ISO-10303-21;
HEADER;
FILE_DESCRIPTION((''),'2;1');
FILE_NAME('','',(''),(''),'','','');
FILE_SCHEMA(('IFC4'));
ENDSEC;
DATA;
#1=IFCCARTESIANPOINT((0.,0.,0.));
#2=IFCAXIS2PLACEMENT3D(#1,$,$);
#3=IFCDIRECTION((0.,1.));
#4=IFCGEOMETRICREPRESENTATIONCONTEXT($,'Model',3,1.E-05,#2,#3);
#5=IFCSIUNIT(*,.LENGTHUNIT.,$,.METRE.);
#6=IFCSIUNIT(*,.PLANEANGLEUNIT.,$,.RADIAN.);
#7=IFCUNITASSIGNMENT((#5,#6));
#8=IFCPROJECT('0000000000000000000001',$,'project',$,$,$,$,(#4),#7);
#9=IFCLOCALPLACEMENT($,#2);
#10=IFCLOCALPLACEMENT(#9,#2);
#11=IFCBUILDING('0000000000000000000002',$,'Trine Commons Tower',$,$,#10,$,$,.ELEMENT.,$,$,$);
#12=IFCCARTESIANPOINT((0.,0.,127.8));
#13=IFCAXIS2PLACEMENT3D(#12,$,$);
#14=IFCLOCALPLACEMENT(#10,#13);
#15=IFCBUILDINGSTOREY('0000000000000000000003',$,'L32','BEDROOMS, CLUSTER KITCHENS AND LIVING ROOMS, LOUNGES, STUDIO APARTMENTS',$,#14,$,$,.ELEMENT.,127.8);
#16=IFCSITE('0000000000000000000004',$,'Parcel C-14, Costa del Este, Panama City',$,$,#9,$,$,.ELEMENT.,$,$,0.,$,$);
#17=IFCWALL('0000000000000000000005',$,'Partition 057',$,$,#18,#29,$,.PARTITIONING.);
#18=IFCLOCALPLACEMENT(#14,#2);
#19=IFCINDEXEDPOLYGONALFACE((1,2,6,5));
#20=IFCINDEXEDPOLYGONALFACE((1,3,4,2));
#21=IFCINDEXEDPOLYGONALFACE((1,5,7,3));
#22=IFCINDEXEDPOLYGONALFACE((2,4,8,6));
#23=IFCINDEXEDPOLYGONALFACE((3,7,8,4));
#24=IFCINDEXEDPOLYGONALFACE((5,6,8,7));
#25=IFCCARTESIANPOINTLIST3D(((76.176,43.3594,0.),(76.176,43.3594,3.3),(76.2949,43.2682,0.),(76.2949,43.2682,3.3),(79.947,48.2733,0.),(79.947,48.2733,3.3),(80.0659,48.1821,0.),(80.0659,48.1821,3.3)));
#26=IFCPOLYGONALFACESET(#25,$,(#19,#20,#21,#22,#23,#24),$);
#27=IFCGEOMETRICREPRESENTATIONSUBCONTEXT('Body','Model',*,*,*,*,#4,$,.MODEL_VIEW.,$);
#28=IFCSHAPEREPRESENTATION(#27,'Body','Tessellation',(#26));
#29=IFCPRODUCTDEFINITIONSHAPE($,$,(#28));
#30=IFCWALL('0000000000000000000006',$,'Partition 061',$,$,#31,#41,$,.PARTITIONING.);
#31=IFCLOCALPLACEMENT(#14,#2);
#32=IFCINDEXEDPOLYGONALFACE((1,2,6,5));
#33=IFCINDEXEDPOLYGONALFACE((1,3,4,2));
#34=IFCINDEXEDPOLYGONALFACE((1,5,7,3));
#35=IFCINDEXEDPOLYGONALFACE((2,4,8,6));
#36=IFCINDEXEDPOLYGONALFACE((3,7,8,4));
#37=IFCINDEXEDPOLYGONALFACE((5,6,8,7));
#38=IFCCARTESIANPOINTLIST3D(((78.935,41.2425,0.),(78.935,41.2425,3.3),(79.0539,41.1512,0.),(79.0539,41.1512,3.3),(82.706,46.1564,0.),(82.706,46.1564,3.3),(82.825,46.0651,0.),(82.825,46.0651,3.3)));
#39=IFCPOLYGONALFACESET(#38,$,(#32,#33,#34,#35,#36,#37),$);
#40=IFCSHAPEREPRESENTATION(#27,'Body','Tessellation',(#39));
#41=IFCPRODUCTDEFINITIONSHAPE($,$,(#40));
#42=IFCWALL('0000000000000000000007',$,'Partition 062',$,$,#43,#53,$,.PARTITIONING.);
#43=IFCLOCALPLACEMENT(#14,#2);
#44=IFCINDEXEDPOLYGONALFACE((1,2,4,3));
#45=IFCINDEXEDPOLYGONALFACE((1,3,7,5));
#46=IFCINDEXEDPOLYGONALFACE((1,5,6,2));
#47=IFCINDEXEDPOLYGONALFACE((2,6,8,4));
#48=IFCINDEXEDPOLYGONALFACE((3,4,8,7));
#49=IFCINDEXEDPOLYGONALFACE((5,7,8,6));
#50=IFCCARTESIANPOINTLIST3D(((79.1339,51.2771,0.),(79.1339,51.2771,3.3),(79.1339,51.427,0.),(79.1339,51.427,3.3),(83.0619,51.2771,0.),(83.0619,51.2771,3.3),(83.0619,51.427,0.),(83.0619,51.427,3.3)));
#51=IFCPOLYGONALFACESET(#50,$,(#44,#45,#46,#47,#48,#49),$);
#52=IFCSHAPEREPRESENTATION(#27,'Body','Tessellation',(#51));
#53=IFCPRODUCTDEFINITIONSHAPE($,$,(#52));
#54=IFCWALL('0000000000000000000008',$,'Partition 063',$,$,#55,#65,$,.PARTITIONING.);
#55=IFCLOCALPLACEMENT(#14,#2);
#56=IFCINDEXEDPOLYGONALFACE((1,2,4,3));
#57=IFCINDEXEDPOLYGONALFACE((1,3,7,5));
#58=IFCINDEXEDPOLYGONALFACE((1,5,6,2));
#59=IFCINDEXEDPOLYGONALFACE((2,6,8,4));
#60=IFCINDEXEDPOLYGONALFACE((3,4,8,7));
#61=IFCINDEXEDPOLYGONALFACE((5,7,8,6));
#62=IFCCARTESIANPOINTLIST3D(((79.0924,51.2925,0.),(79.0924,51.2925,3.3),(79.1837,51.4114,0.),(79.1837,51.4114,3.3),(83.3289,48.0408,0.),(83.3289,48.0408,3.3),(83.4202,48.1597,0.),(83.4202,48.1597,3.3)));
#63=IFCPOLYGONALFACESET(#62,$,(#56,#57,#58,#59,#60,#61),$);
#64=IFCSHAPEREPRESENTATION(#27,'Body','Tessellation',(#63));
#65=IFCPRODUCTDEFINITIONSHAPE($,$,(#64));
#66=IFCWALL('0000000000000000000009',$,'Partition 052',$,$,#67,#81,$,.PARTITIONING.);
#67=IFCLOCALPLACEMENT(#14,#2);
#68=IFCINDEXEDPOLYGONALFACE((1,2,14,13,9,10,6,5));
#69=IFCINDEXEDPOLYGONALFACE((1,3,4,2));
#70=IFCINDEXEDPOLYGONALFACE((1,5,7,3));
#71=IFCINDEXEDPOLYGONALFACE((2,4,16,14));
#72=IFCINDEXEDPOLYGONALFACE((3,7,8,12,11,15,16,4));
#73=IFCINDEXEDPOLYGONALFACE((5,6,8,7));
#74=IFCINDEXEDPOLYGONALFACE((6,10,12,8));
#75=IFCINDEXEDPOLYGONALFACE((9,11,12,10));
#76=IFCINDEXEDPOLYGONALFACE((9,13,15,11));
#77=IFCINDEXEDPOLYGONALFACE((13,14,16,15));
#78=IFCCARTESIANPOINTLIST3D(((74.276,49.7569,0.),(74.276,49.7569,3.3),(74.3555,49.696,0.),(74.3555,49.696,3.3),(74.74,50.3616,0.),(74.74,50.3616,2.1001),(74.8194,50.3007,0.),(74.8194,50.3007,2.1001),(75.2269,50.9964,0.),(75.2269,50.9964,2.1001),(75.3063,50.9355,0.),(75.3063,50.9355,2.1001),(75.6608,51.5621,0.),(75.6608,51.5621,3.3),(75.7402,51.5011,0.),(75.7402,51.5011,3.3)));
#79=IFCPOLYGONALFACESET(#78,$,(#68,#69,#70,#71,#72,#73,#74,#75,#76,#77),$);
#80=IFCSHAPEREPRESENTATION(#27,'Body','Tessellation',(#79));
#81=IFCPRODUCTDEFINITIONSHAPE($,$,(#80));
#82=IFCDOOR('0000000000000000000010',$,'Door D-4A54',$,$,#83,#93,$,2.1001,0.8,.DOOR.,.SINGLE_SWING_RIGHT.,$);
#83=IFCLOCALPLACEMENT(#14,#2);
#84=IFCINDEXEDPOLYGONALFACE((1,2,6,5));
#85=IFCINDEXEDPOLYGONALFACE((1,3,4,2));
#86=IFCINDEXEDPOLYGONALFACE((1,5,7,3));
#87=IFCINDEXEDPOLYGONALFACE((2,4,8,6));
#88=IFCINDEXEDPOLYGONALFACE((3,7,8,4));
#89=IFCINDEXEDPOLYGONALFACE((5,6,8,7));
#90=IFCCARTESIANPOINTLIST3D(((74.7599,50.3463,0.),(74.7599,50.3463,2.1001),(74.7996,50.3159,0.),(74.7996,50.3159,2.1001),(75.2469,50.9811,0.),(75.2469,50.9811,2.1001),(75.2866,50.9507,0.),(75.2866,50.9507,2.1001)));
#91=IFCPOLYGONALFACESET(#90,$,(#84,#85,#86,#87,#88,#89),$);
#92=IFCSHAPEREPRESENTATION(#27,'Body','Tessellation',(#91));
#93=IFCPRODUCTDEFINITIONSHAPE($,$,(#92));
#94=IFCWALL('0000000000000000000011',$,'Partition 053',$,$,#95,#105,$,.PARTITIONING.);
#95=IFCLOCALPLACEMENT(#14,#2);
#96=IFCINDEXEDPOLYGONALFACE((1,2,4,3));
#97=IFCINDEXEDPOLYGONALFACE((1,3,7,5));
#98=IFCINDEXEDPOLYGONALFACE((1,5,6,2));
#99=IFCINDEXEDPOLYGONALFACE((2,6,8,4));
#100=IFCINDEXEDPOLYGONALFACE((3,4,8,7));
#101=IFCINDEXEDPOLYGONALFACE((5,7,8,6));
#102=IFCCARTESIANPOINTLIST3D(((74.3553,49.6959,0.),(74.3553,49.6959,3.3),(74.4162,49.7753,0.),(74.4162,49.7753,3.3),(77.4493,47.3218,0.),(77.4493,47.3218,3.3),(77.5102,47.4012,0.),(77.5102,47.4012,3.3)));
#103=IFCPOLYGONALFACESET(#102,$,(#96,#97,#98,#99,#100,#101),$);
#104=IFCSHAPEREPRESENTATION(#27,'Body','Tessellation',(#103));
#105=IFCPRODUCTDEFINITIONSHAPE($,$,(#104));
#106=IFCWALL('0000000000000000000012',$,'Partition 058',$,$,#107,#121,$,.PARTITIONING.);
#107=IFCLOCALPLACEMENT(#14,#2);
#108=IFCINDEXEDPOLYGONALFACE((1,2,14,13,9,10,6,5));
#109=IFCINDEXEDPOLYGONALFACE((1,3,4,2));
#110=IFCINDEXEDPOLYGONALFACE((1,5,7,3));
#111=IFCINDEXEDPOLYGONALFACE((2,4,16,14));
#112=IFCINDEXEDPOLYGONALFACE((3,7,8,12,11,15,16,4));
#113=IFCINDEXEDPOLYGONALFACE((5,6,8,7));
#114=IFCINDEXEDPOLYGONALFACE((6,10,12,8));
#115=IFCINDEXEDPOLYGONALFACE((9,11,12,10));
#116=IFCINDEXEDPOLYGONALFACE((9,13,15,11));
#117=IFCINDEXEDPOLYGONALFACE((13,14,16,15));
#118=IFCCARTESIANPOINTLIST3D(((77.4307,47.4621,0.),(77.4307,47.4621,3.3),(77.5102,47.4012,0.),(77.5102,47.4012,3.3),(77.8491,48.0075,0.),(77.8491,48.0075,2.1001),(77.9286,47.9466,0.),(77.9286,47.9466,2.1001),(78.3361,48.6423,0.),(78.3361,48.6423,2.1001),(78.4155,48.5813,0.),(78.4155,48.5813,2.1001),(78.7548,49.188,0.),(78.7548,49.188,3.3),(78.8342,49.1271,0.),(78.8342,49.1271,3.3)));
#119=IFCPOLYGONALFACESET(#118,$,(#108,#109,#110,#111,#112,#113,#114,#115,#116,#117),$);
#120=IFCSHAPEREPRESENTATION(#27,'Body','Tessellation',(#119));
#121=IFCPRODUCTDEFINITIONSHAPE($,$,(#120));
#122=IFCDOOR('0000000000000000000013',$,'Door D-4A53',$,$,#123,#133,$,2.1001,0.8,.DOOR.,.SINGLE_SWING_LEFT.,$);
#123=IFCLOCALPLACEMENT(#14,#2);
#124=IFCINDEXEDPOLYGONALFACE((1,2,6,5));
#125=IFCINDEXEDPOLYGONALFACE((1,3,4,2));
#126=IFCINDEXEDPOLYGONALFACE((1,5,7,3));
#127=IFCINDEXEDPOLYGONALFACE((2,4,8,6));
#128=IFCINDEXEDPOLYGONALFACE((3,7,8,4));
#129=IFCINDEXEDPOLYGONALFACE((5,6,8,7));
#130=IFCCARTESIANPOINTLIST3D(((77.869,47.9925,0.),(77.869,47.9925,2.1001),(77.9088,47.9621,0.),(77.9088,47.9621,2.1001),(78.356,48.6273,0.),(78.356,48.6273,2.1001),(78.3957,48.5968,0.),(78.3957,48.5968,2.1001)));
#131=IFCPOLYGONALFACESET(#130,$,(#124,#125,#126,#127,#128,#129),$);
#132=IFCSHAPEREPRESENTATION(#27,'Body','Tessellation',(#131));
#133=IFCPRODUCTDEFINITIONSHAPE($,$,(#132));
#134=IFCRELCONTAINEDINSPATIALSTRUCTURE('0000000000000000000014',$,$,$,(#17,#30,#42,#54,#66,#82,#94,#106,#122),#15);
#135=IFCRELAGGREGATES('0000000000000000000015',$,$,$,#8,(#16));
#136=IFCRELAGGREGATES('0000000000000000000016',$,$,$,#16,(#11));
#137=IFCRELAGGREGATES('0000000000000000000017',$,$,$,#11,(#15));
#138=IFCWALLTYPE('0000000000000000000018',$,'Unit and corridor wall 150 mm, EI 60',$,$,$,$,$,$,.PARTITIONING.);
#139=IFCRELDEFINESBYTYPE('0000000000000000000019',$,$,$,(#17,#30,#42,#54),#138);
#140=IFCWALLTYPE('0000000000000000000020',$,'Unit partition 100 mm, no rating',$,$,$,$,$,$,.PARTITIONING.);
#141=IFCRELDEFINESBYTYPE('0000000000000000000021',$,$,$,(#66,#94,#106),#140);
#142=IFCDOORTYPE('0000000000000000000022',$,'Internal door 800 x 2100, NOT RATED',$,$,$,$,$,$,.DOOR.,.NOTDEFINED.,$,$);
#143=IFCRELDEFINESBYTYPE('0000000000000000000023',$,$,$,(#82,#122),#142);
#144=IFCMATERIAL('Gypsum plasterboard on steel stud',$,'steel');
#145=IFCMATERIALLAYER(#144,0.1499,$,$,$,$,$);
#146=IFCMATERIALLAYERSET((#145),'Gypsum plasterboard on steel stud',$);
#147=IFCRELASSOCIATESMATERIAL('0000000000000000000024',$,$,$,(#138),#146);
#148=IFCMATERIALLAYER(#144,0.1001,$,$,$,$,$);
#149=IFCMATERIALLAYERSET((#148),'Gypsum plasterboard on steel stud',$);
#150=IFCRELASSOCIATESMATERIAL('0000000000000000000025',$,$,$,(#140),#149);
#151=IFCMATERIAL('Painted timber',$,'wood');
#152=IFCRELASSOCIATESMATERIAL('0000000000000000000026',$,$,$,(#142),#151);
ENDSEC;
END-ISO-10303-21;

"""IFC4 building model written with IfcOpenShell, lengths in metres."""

from ifc_helpers import new_model, si_unit, direction, frame, frame_2d, origin, place, context, subcontext, project, spatial, rectangle, extrude, material, layer, layer_set, type_object, element, fill, save


model = new_model("IFC4")

# Units and contexts
model_context = context("Model", 3, precision=1e-05, world=origin(), true_north=direction((0.0, 1.0)))
body_context = subcontext(model_context, "Body", "Model", "MODEL_VIEW")
ifc_project = project(units=[si_unit("LENGTHUNIT", "METRE"), si_unit("PLANEANGLEUNIT", "RADIAN")], contexts=[model_context])

# Site, building, storey
site_placement = place(None, origin())
site = spatial("IfcSite", under=ifc_project, at=site_placement, Name="Parcel C-14, Costa del Este, Panama City", CompositionType="ELEMENT", RefElevation=0.0)
building_placement = place(site_placement, origin())
building = spatial("IfcBuilding", under=site, at=building_placement, Name="Trine Commons Tower", CompositionType="ELEMENT")
storey_placement = place(building_placement, frame((0.0, 0.0, 127.8)))
storey = spatial("IfcBuildingStorey", under=building, at=storey_placement, Name="L32", Description="BEDROOMS, CLUSTER KITCHENS AND LIVING ROOMS, LOUNGES, STUDIO APARTMENTS", CompositionType="ELEMENT", Elevation=127.8)

# Shared definitions
ifc_material_1 = material(Name="Gypsum plasterboard on steel stud", Category="steel")
ifc_layer_1 = layer(ifc_material_1, 0.1499)
ifc_layer_set_1 = layer_set([ifc_layer_1], Name="Gypsum plasterboard on steel stud")
wall_type_1 = type_object("IfcWallType", Name="Unit and corridor wall 150 mm, EI 60", PredefinedType="PARTITIONING", material=ifc_layer_set_1)
ifc_material_2 = material(Name="Painted timber", Category="wood")

# Walls
for number, where, z_axis, x_axis, name in (
    (1, (76.2354, 43.3137, 0.0), (0.0, 0.0, 1.0), (0.608811, 0.793315, 0.0), "Partition 057"),
    (2, (78.9944, 41.1968, 0.0), (0.0, 0.0, 1.0), (0.608811, 0.793315, 0.0), "Partition 061"),
):
    element("IfcWall", number, at=place(storey_placement, frame(where, z_axis=z_axis, x_axis=x_axis)), inside=storey, type_object=wall_type_1, Name=name, PredefinedType="PARTITIONING", context=body_context, shape_type="SweptSolid", body=[
        extrude(rectangle(XDim=6.1941, YDim=0.1499, at=frame_2d((3.0972, 0.0))), origin(), (0.0, 0.0, 1.0), 3.3),
    ])
wall_1_placement = place(storey_placement, frame((79.134, 51.3521, 0.0), z_axis=(0.0, 0.0, 1.0), x_axis=(1.0, 0.0, 0.0)))
element("IfcWall", 3, at=wall_1_placement, inside=storey, type_object=wall_type_1, Name="Partition 062", PredefinedType="PARTITIONING", context=body_context, shape_type="SweptSolid", body=[
    extrude(rectangle(XDim=3.928, YDim=0.1499, at=frame_2d((1.9639, 0.0))), origin(), (0.0, 0.0, 1.0), 3.3),
])
wall_2_placement = place(storey_placement, frame((79.1379, 51.3521, 0.0), z_axis=(0.0, 0.0, 1.0), x_axis=(0.793274, -0.608864, 0.0)))
element("IfcWall", 4, at=wall_2_placement, inside=storey, type_object=wall_type_1, Name="Partition 063", PredefinedType="PARTITIONING", context=body_context, shape_type="SweptSolid", body=[
    extrude(rectangle(XDim=5.3406, YDim=0.1499, at=frame_2d((2.6704, 0.0))), origin(), (0.0, 0.0, 1.0), 3.3),
])

# Wall, opening, door
ifc_layer_2 = layer(ifc_material_1, 0.1001)
ifc_layer_set_2 = layer_set([ifc_layer_2], Name="Gypsum plasterboard on steel stud")
wall_type_2 = type_object("IfcWallType", Name="Unit partition 100 mm, no rating", PredefinedType="PARTITIONING", material=ifc_layer_set_2)
wall_3_placement = place(storey_placement, frame((74.3157, 49.7263, 0.0), z_axis=(0.0, 0.0, 1.0), x_axis=(0.608652, 0.793437, 0.0)))
wall_3 = element("IfcWall", 5, at=wall_3_placement, inside=storey, type_object=wall_type_2, Name="Partition 052", PredefinedType="PARTITIONING", context=body_context, shape_type="SweptSolid", body=[
    extrude(rectangle(XDim=2.2751, YDim=0.1001, at=frame_2d((1.1377, 0.0))), origin(), (0.0, 0.0, 1.0), 3.3),
])
opening_1_placement = place(wall_3_placement, frame((0.7625, 0.0, 0.0)))
opening_1 = element("IfcOpeningElement", 6, at=opening_1_placement, cuts=wall_3, PredefinedType="OPENING", context=body_context, shape_type="SweptSolid", body=[
    extrude(rectangle(XDim=0.8, YDim=2.1001, at=frame_2d((0.3999, 1.05))), frame((0.0, 0.0601, 0.0), z_axis=(0.0, -1.0, 0.0), x_axis=(1.0, 0.0, 0.0)), (0.0, 0.0, 1.0), 0.1201),
])
door_type_1 = type_object("IfcDoorType", Name="Internal door 800 x 2100, NOT RATED", OperationType="NOTDEFINED", PredefinedType="DOOR", material=ifc_material_2)
door_1_placement = place(opening_1_placement, origin())
door_1 = element("IfcDoor", 7, at=door_1_placement, inside=storey, type_object=door_type_1, Name="Door D-4A54", OperationType="SINGLE_SWING_RIGHT", OverallHeight=2.1001, OverallWidth=0.8, PredefinedType="DOOR", context=body_context, shape_type="SweptSolid", body=[
    extrude(rectangle(XDim=0.8, YDim=2.1001, at=frame_2d((0.3999, 1.05))), frame((0.0, 0.0249, 0.0), z_axis=(0.0, -1.0, 0.0), x_axis=(1.0, 0.0, 0.0)), (0.0, 0.0, 1.0), 0.05),
])
fill(opening_1, door_1)

# Wall
wall_4_placement = place(storey_placement, frame((74.3857, 49.7356, 0.0), z_axis=(0.0, 0.0, 1.0), x_axis=(0.793363, -0.608748, 0.0)))
element("IfcWall", 8, at=wall_4_placement, inside=storey, type_object=wall_type_2, Name="Partition 053", PredefinedType="PARTITIONING", context=body_context, shape_type="SweptSolid", body=[
    extrude(rectangle(XDim=3.8999, YDim=0.1001, at=frame_2d((1.95, 0.0))), origin(), (0.0, 0.0, 1.0), 3.3),
])

# Wall, opening, door
wall_5_placement = place(storey_placement, frame((77.4705, 47.4316, 0.0), z_axis=(0.0, 0.0, 1.0), x_axis=(0.608674, 0.79342, 0.0)))
wall_5 = element("IfcWall", 9, at=wall_5_placement, inside=storey, type_object=wall_type_2, Name="Partition 058", PredefinedType="PARTITIONING", context=body_context, shape_type="SweptSolid", body=[
    extrude(rectangle(XDim=2.1753, YDim=0.1001, at=frame_2d((1.0876, 0.0))), origin(), (0.0, 0.0, 1.0), 3.3),
])
opening_2_placement = place(wall_5_placement, frame((0.6875, 0.0, 0.0)))
opening_2 = element("IfcOpeningElement", 10, at=opening_2_placement, cuts=wall_5, PredefinedType="OPENING", context=body_context, shape_type="SweptSolid", body=[
    extrude(rectangle(XDim=0.8, YDim=2.1001, at=frame_2d((0.3999, 1.05))), frame((0.0, 0.0601, 0.0), z_axis=(0.0, -1.0, 0.0), x_axis=(1.0, 0.0, 0.0)), (0.0, 0.0, 1.0), 0.1201),
])
door_2_placement = place(opening_2_placement, frame((0.8, 0.0, 0.0), z_axis=(0.0, 0.0, 1.0), x_axis=(-1.0, 0.0, 0.0)))
door_2 = element("IfcDoor", 11, at=door_2_placement, inside=storey, type_object=door_type_1, Name="Door D-4A53", OperationType="SINGLE_SWING_LEFT", OverallHeight=2.1001, OverallWidth=0.8, PredefinedType="DOOR", context=body_context, shape_type="SweptSolid", body=[
    extrude(rectangle(XDim=0.8, YDim=2.1001, at=frame_2d((0.3999, 1.05))), frame((0.0, 0.0249, 0.0), z_axis=(0.0, -1.0, 0.0), x_axis=(1.0, 0.0, 0.0)), (0.0, 0.0, 1.0), 0.05),
])
fill(opening_2, door_2)

save(model, "model.ifc")
